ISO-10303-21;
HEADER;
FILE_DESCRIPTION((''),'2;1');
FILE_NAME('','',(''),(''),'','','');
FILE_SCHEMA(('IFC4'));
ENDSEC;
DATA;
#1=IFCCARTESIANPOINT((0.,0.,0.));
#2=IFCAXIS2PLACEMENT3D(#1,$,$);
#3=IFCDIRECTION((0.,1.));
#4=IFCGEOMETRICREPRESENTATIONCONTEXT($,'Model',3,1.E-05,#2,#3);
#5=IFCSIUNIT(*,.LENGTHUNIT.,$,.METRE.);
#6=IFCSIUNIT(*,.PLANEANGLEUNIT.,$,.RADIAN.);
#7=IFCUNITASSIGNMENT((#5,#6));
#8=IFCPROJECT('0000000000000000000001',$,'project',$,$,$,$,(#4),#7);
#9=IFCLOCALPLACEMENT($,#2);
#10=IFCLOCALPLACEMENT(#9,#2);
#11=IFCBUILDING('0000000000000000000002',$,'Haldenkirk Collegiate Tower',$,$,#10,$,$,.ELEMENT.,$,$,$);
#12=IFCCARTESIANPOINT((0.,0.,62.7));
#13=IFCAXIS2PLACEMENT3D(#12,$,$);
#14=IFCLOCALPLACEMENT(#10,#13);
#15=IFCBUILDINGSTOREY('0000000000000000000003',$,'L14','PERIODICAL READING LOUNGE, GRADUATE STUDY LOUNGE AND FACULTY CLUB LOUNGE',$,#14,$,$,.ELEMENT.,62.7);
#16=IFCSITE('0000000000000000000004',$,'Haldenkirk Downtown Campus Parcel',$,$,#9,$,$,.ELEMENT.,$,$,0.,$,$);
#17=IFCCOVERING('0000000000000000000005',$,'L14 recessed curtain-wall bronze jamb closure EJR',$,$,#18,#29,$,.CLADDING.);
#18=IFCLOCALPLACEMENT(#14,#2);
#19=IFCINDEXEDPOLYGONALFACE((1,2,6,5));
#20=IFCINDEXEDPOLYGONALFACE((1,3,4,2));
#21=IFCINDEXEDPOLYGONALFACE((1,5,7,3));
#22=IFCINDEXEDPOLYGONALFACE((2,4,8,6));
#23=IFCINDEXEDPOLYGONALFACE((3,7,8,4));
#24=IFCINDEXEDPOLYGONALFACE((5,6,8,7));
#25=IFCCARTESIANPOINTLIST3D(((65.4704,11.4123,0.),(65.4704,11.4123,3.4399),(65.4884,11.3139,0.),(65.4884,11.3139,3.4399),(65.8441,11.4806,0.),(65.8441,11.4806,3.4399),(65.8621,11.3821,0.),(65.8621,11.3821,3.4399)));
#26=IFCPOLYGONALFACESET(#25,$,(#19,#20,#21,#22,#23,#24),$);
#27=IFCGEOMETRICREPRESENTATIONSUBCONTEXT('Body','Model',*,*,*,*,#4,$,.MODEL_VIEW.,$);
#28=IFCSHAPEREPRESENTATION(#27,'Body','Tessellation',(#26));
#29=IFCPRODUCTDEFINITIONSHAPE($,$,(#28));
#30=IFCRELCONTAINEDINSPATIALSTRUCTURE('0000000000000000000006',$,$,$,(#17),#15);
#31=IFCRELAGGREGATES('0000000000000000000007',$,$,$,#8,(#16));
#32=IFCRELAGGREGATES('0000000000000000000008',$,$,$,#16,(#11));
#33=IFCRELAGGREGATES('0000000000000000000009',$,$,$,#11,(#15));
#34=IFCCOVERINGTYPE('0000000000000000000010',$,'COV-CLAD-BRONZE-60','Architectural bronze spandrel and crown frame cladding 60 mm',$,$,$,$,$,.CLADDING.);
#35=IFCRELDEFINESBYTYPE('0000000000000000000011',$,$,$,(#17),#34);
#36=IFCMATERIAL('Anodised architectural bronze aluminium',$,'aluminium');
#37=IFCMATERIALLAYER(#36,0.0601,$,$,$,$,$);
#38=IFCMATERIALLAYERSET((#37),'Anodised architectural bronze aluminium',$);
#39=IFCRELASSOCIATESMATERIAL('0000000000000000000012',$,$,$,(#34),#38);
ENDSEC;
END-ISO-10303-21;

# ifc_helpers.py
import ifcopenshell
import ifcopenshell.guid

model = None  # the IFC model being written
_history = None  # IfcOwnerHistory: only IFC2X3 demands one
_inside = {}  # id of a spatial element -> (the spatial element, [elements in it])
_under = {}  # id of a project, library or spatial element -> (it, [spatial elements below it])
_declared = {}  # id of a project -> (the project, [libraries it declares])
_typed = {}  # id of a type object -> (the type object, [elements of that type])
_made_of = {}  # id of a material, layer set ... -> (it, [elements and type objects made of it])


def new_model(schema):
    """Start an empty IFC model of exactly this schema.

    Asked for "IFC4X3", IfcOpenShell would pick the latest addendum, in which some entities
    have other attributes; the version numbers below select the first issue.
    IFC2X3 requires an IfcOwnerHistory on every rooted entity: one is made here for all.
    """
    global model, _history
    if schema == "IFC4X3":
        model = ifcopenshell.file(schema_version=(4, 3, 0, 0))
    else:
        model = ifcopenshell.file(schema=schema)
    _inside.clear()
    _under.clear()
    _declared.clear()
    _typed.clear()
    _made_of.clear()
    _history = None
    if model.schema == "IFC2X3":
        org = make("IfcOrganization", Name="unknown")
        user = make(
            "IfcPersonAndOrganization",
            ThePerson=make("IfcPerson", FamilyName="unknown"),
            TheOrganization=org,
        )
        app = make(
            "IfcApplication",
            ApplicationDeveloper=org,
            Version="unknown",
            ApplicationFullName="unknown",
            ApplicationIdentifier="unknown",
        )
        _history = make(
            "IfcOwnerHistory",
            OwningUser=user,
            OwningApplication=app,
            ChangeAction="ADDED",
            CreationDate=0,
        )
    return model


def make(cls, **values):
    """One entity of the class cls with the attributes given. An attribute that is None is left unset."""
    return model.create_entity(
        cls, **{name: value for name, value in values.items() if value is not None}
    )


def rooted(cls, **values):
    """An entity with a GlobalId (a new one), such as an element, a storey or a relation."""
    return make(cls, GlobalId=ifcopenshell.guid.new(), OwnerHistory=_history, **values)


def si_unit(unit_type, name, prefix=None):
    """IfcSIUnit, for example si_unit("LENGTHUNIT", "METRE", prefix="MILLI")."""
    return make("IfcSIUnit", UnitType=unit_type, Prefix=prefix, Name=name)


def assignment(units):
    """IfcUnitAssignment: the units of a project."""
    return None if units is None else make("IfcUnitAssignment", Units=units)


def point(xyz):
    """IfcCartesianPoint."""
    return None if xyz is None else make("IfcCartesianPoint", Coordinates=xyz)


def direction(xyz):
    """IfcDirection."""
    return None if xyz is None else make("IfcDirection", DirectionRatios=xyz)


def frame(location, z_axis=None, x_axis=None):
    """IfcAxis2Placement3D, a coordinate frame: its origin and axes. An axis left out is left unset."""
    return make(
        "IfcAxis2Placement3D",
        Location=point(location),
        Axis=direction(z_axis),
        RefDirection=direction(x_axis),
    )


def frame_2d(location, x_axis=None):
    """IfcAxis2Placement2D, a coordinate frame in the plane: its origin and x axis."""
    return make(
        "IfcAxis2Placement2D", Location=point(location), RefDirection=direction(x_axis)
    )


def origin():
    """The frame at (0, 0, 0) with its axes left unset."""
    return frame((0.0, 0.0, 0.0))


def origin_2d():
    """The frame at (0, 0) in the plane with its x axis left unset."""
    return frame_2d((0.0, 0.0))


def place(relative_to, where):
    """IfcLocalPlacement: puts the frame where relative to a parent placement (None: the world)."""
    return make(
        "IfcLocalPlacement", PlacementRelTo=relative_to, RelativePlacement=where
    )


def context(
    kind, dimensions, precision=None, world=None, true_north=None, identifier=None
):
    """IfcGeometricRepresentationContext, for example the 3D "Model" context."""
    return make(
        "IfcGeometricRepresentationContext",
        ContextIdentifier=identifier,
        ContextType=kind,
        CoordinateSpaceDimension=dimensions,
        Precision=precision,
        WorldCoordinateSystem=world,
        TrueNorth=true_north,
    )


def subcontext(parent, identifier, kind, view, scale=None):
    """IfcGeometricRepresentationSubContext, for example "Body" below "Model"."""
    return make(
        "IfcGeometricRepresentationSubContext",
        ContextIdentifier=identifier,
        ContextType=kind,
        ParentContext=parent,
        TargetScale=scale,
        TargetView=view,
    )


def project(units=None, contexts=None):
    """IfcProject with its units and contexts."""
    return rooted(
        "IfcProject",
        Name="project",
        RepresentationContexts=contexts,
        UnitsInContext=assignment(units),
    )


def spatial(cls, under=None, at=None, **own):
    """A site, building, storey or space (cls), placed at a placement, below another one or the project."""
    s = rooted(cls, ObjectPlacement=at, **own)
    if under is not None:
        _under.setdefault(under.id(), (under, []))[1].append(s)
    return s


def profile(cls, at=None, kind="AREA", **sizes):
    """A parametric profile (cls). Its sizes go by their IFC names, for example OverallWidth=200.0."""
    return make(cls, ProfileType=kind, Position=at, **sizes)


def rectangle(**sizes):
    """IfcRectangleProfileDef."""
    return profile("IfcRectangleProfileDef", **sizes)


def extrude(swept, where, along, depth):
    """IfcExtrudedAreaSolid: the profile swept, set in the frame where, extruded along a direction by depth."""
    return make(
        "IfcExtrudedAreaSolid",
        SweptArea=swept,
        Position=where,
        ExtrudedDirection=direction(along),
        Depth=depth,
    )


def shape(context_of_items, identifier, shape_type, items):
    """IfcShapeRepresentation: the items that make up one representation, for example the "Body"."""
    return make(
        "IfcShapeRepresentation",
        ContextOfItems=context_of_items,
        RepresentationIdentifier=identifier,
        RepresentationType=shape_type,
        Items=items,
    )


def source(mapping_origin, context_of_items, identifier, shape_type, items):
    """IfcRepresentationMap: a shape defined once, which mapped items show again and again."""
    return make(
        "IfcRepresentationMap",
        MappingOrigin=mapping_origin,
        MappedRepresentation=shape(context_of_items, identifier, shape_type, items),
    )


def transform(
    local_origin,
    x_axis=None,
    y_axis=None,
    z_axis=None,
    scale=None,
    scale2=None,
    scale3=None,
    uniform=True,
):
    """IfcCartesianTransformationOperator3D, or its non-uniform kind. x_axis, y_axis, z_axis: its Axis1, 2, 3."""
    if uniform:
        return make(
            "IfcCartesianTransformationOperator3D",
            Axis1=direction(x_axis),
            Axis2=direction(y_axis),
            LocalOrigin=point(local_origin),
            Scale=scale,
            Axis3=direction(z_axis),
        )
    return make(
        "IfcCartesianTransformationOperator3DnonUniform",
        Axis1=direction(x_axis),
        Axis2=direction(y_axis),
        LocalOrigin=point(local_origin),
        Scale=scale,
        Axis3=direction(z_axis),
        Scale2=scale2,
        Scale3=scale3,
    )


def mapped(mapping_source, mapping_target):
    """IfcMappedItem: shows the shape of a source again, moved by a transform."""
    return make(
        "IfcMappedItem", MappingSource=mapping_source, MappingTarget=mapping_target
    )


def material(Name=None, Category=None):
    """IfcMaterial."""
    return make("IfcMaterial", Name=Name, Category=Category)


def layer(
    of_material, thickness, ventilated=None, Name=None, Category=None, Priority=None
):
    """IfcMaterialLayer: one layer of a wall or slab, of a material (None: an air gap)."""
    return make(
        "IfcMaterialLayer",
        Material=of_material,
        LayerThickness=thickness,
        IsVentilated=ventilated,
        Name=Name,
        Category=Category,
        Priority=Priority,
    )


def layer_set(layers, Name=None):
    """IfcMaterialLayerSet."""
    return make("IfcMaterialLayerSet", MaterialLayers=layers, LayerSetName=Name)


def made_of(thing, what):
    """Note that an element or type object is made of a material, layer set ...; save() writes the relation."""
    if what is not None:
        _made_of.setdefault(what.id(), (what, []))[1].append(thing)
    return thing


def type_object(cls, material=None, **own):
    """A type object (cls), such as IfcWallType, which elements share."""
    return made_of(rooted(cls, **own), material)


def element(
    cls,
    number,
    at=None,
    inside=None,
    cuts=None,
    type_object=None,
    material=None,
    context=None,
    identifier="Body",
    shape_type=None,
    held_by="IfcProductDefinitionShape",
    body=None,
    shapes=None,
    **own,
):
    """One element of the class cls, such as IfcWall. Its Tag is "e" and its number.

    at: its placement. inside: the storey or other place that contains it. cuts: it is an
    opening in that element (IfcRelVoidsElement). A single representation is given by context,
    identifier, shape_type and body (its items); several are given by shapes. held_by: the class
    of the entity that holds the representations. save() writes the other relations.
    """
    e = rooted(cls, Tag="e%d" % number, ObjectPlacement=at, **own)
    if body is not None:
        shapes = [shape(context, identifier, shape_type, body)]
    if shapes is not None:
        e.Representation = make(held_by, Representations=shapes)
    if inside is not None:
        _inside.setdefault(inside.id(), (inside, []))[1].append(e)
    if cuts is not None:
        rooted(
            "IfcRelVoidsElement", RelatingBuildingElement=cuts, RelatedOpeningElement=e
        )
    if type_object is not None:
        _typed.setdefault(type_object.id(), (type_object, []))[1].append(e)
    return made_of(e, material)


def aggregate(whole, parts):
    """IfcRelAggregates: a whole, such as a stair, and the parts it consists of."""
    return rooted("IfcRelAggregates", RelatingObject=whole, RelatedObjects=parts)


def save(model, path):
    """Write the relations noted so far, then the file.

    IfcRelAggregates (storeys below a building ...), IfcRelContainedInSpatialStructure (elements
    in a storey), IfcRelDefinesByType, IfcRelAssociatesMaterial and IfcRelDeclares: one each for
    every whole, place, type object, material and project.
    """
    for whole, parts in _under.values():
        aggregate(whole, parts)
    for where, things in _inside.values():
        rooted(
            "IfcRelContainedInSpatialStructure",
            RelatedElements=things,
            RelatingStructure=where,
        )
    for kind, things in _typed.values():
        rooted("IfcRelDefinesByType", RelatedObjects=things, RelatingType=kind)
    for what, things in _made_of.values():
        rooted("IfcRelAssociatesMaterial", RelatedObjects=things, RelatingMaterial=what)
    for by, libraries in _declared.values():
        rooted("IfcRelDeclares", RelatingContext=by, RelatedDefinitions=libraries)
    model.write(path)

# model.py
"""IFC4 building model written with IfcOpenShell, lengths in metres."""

from ifc_helpers import new_model, si_unit, direction, frame, origin, origin_2d, place, context, subcontext, project, spatial, rectangle, extrude, source, transform, mapped, material, layer, layer_set, type_object, element, save


model = new_model("IFC4")

# Units and contexts
model_context = context("Model", 3, precision=1e-05, world=origin(), true_north=direction((0.0, 1.0)))
body_context = subcontext(model_context, "Body", "Model", "MODEL_VIEW")
ifc_project = project(units=[si_unit("LENGTHUNIT", "METRE"), si_unit("PLANEANGLEUNIT", "RADIAN")], contexts=[model_context])

# Site, building, storey
site_placement = place(None, origin())
site = spatial("IfcSite", under=ifc_project, at=site_placement, Name="Haldenkirk Downtown Campus Parcel", CompositionType="ELEMENT", RefElevation=0.0)
building_placement = place(site_placement, origin())
building = spatial("IfcBuilding", under=site, at=building_placement, Name="Haldenkirk Collegiate Tower", CompositionType="ELEMENT")
storey_placement = place(building_placement, frame((0.0, 0.0, 62.7)))
storey = spatial("IfcBuildingStorey", under=building, at=storey_placement, Name="L14", Description="PERIODICAL READING LOUNGE, GRADUATE STUDY LOUNGE AND FACULTY CLUB LOUNGE", CompositionType="ELEMENT", Elevation=62.7)

# Shared definitions
ifc_material_1 = material(Name="Anodised architectural bronze aluminium", Category="aluminium")

# Covering
ifc_layer_1 = layer(ifc_material_1, 0.0601)
ifc_layer_set_1 = layer_set([ifc_layer_1], Name="Anodised architectural bronze aluminium")
covering_type = type_object("IfcCoveringType", Name="COV-CLAD-BRONZE-60", Description="Architectural bronze spandrel and crown frame cladding 60 mm", PredefinedType="CLADDING", material=ifc_layer_set_1)
shared_shape_1 = source(origin(), body_context, "Body", "SweptSolid", [
    extrude(rectangle(XDim=0.1001, YDim=0.3799, at=origin_2d()), origin(), (0.0, 0.0, 1.0), 3.4399),
])
for number, where, z_axis, x_axis, name in (
    (1, (65.6663, 11.3972, 0.0), (0.0, 0.0, 1.0), (0.179661, -0.983729, 0.0), "L14 recessed curtain-wall bronze jamb closure EJR"),
):
    element("IfcCovering", number, at=place(storey_placement, frame(where, z_axis=z_axis, x_axis=x_axis)), inside=storey, type_object=covering_type, Name=name, PredefinedType="CLADDING", context=body_context, shape_type="MappedRepresentation", body=[
        mapped(shared_shape_1, transform((0.0, 0.0, 0.0), x_axis=(1.0, 0.0, 0.0), y_axis=(0.0, 1.0, 0.0), z_axis=(0.0, 0.0, 1.0), scale=1.0)),
    ])

save(model, "model.ifc")
